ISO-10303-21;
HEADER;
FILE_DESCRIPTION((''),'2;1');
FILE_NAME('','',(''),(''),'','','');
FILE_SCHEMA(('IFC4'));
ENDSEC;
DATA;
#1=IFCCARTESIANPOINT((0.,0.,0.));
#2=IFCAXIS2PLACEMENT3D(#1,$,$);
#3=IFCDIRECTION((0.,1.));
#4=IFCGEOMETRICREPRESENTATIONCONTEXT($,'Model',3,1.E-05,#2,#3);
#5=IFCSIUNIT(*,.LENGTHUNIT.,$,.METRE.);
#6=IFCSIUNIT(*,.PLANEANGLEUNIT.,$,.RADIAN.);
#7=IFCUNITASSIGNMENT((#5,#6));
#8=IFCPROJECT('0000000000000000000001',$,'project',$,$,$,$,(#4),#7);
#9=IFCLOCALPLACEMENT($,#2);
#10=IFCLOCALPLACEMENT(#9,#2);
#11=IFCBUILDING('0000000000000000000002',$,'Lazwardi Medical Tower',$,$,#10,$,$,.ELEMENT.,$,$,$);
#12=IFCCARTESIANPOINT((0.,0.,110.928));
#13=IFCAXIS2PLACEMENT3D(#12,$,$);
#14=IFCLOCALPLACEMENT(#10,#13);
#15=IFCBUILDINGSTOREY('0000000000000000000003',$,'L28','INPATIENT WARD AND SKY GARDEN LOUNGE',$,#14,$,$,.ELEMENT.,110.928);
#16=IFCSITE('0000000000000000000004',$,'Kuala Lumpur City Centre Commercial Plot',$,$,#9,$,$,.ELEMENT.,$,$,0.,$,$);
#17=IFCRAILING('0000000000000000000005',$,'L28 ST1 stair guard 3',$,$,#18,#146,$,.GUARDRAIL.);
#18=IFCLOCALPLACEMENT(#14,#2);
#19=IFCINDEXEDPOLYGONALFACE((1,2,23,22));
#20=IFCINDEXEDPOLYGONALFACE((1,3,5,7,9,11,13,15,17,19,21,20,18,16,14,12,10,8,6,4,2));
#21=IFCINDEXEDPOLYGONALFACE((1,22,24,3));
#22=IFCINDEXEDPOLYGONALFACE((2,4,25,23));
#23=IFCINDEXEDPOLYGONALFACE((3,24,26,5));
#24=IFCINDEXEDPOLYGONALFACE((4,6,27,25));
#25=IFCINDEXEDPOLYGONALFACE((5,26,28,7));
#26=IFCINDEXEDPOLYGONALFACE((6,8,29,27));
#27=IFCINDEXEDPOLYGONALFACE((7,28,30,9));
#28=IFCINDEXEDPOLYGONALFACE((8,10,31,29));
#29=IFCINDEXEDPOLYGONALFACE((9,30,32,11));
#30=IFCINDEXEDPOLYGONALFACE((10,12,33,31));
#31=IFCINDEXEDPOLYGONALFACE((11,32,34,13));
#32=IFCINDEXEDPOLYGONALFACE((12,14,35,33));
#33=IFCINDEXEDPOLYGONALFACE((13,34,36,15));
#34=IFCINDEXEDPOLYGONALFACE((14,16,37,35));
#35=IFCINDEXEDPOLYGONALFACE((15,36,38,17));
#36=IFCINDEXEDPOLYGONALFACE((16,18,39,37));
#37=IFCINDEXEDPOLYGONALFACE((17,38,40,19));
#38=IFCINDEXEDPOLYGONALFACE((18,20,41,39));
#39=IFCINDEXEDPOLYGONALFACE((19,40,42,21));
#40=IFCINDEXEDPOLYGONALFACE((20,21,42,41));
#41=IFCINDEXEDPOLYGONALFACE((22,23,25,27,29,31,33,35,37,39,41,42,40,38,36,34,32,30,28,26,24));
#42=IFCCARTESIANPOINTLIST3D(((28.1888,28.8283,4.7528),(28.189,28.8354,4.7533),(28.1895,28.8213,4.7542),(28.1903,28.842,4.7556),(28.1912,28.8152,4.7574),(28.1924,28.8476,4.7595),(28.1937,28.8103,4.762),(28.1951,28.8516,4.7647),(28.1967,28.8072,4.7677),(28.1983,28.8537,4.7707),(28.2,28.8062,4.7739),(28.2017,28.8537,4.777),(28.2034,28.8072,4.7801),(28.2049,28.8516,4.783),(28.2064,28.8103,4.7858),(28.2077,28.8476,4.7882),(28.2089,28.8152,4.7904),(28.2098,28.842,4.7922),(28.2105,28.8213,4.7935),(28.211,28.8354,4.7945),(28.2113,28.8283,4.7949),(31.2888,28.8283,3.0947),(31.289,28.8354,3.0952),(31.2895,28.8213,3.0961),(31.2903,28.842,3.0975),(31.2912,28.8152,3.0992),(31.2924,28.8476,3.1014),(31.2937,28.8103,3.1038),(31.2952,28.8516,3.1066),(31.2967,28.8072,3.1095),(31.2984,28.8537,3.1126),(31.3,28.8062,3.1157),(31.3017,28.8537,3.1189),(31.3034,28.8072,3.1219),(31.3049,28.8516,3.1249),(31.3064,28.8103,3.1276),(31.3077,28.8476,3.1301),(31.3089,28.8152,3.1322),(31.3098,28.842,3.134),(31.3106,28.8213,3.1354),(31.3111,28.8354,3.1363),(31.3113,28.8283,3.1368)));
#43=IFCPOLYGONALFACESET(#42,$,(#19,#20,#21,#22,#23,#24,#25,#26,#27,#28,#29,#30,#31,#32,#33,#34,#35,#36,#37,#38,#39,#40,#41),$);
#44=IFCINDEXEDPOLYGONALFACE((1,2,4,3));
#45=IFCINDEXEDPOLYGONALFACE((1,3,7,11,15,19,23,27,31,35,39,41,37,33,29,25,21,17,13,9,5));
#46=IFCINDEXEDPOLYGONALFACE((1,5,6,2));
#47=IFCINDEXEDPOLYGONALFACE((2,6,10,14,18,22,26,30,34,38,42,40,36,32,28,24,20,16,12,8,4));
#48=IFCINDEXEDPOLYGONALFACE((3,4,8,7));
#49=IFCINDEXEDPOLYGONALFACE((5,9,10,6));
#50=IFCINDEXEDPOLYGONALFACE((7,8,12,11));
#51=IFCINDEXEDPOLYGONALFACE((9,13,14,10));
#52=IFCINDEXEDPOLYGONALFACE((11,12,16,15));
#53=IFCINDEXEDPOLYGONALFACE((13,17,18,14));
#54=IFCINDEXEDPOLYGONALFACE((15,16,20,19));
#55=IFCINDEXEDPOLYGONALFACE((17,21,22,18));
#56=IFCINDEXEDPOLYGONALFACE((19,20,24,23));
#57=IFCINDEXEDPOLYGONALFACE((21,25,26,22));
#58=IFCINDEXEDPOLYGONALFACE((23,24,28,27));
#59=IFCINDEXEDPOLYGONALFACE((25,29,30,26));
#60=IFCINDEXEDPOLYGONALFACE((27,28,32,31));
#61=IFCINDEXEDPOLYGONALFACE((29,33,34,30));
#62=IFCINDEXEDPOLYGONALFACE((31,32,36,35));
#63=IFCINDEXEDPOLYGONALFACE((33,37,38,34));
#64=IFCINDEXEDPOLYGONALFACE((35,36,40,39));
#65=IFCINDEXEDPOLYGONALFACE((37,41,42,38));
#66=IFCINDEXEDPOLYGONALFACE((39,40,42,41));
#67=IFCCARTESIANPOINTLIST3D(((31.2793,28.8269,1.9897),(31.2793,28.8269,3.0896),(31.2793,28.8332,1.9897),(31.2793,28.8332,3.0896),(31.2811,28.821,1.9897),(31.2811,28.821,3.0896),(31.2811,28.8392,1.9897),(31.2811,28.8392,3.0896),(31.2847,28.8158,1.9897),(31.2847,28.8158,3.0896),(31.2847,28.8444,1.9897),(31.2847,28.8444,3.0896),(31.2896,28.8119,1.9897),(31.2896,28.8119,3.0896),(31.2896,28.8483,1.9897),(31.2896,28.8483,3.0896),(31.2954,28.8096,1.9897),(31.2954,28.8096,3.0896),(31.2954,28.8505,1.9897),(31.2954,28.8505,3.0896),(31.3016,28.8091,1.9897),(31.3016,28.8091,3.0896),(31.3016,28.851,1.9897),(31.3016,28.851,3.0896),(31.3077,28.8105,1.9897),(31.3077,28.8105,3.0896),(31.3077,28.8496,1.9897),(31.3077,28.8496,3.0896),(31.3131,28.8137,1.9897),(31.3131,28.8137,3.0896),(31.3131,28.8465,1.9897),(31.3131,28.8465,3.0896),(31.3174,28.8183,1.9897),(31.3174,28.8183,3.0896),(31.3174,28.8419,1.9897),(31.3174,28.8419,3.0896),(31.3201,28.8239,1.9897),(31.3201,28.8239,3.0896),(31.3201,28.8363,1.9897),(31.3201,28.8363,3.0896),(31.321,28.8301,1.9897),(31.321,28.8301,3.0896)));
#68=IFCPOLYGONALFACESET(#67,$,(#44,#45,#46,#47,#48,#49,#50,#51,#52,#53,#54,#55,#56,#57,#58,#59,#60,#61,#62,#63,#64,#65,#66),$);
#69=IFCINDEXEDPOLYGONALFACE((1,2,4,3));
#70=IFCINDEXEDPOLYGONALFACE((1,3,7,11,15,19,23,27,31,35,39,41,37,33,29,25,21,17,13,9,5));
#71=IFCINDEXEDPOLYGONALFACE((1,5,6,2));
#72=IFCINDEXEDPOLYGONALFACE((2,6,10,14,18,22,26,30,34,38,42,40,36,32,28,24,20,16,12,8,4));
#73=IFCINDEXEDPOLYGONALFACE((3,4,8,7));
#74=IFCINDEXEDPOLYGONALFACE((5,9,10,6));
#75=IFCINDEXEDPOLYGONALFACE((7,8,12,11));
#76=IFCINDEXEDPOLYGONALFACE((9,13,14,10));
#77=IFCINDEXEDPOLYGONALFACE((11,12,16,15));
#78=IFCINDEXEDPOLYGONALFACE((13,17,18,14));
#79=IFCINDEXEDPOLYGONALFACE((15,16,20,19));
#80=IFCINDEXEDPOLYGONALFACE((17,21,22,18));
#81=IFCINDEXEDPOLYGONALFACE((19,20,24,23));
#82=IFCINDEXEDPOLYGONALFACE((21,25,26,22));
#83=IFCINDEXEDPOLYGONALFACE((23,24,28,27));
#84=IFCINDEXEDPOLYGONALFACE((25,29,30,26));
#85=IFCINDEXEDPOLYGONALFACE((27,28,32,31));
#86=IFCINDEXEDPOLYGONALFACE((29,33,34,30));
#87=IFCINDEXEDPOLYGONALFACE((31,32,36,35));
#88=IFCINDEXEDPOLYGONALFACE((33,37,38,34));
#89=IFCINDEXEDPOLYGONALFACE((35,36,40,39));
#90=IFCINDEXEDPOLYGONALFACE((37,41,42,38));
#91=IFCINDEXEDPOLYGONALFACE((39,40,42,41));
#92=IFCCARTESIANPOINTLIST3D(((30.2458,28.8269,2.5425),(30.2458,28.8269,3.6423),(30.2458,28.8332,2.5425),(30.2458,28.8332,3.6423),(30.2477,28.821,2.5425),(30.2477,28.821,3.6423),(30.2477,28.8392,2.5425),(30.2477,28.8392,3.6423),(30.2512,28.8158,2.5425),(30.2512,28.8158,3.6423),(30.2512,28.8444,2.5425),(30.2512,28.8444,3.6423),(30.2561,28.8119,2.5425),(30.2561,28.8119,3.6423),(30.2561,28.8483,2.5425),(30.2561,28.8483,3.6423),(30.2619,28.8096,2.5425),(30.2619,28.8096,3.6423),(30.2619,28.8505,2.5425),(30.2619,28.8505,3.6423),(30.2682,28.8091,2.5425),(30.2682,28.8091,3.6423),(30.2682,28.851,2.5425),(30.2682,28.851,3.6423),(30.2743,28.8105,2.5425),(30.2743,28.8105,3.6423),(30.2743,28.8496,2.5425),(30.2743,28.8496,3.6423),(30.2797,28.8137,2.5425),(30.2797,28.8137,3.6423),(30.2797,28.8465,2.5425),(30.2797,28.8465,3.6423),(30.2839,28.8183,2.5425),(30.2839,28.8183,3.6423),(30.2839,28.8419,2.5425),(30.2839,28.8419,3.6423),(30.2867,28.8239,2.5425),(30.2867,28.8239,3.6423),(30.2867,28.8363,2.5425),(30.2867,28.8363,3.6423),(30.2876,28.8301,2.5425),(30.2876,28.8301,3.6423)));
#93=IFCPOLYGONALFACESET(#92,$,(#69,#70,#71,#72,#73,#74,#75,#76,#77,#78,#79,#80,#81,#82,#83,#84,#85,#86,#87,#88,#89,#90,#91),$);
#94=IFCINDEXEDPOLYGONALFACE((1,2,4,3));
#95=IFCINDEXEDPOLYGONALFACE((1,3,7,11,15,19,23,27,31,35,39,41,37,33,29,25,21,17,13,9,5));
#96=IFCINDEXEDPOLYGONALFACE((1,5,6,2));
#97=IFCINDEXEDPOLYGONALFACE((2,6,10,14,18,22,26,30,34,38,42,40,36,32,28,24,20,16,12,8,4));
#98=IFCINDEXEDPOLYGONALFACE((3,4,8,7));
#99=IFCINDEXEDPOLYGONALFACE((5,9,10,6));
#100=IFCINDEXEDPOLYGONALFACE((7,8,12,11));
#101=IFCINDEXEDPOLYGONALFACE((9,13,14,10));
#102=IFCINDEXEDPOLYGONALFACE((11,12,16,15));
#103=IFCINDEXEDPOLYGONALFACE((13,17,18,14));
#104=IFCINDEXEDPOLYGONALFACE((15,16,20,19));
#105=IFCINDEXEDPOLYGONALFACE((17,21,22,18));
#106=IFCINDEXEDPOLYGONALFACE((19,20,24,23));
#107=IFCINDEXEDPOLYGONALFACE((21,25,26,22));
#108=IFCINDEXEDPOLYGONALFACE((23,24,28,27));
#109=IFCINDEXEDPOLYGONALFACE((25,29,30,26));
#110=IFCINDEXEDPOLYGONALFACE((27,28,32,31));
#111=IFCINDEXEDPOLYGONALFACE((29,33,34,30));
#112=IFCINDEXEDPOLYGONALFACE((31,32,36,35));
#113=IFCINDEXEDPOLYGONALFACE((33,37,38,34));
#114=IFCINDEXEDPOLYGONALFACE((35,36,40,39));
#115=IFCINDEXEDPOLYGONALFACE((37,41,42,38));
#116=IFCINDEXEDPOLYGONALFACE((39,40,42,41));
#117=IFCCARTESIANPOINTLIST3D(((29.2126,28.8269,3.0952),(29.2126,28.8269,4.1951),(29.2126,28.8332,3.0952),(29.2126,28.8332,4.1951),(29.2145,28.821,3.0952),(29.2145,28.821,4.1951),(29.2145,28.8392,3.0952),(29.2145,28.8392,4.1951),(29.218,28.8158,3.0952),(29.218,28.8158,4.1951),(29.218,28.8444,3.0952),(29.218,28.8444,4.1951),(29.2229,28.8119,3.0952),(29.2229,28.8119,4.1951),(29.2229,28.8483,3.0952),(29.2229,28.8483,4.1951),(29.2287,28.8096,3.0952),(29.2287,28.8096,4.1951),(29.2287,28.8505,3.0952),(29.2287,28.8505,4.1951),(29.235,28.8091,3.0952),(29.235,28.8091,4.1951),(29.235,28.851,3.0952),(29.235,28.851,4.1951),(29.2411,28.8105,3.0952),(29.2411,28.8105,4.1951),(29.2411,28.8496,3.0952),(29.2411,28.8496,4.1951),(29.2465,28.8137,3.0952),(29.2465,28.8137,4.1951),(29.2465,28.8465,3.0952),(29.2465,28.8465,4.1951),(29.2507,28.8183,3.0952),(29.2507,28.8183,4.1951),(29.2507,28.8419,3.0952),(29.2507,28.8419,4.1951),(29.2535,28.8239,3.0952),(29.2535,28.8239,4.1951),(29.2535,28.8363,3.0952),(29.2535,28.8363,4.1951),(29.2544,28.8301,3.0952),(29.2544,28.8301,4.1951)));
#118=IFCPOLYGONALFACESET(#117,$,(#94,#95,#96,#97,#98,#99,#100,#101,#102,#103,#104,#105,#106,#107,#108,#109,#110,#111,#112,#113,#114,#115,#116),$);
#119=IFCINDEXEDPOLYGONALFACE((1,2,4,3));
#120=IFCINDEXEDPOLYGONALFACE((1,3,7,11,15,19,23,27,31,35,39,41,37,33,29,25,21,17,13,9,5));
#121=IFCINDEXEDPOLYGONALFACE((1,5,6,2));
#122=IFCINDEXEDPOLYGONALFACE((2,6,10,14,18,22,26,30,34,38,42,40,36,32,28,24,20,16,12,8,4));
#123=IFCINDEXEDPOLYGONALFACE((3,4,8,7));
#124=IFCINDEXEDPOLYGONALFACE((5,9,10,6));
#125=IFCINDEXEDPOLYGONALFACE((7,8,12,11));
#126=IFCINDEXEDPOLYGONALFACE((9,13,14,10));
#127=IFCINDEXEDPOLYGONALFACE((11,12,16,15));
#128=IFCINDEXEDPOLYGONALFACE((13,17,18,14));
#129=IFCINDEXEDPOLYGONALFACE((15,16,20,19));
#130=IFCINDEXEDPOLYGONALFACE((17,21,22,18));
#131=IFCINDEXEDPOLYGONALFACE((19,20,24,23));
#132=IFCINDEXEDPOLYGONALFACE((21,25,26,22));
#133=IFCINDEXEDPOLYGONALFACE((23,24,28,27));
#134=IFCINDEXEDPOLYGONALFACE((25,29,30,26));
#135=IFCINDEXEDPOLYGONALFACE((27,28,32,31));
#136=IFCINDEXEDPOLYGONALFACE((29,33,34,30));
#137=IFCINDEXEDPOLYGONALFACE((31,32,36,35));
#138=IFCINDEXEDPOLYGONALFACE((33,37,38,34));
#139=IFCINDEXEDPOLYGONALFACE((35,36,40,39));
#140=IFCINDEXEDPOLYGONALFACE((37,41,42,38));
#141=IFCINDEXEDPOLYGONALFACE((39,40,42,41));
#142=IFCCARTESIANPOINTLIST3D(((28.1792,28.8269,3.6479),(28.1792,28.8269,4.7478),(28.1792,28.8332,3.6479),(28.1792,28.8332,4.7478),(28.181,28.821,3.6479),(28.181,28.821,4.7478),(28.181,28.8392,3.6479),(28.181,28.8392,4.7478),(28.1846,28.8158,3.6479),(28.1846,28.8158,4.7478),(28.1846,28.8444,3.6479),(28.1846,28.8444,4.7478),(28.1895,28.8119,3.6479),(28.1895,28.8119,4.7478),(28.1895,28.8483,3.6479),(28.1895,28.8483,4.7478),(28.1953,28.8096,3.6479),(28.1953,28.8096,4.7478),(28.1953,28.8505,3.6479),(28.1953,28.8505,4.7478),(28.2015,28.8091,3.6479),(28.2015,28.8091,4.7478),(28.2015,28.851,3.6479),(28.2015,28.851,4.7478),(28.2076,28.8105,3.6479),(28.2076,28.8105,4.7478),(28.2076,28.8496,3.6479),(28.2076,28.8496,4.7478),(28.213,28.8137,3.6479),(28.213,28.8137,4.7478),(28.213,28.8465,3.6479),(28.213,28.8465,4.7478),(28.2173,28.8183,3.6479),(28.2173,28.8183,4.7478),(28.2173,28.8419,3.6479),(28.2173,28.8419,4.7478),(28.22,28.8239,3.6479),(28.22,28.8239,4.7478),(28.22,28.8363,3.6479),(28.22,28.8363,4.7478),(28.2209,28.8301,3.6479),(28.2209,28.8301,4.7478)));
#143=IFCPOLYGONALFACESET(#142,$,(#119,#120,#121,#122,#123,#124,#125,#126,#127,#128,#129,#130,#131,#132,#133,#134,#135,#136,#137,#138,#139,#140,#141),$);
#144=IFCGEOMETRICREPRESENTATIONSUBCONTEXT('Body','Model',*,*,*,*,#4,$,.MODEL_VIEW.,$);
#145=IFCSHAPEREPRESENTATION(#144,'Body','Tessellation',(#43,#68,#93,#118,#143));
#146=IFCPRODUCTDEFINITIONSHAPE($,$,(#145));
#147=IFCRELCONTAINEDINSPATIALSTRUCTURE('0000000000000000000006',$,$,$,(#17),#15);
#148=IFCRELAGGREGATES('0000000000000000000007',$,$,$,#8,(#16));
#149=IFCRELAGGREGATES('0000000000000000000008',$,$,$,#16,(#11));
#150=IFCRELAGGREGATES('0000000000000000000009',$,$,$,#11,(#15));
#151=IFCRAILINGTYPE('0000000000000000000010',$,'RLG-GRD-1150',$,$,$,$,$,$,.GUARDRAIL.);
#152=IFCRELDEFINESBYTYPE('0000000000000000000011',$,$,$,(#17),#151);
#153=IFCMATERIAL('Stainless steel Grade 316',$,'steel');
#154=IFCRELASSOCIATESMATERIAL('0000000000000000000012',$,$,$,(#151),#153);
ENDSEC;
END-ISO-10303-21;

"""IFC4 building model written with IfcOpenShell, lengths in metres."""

from ifc_helpers import new_model, si_unit, direction, frame, origin, origin_2d, place, context, subcontext, project, spatial, circle, extrude, material, type_object, element, save


model = new_model("IFC4")

# Units and contexts
model_context = context("Model", 3, precision=1e-05, world=origin(), true_north=direction((0.0, 1.0)))
body_context = subcontext(model_context, "Body", "Model", "MODEL_VIEW")
ifc_project = project(units=[si_unit("LENGTHUNIT", "METRE"), si_unit("PLANEANGLEUNIT", "RADIAN")], contexts=[model_context])

# Site, building, storey
site_placement = place(None, origin())
site = spatial("IfcSite", under=ifc_project, at=site_placement, Name="Kuala Lumpur City Centre Commercial Plot", CompositionType="ELEMENT", RefElevation=0.0)
building_placement = place(site_placement, origin())
building = spatial("IfcBuilding", under=site, at=building_placement, Name="Lazwardi Medical Tower", CompositionType="ELEMENT")
storey_placement = place(building_placement, frame((0.0, 0.0, 110.928)))
storey = spatial("IfcBuildingStorey", under=building, at=storey_placement, Name="L28", Description="INPATIENT WARD AND SKY GARDEN LOUNGE", CompositionType="ELEMENT", Elevation=110.928)

# Railing
ifc_material_1 = material(Name="Stainless steel Grade 316", Category="steel")
railing_type_1 = type_object("IfcRailingType", Name="RLG-GRD-1150", PredefinedType="GUARDRAIL", material=ifc_material_1)
railing_1_placement = place(storey_placement, frame((31.3, 28.8301, 1.9897)))
element("IfcRailing", 1, at=railing_1_placement, inside=storey, type_object=railing_type_1, Name="L28 ST1 stair guard 3", PredefinedType="GUARDRAIL", context=body_context, shape_type="SweptSolid", body=[
    extrude(circle(Radius=0.0239, at=origin_2d()), frame((0.0, 0.0, 1.126), z_axis=(-0.881783, 0.0, 0.471655), x_axis=(0.0, -1.0, 0.0)), (0.0, 0.0, 1.0), 3.5156),
    extrude(circle(Radius=0.021, at=origin_2d()), origin(), (0.0, 0.0, 1.0), 1.0999),
    extrude(circle(Radius=0.021, at=origin_2d()), frame((-1.0334, 0.0, 0.5527)), (0.0, 0.0, 1.0), 1.0999),
    extrude(circle(Radius=0.021, at=origin_2d()), frame((-2.0667, 0.0, 1.1055)), (0.0, 0.0, 1.0), 1.0999),
    extrude(circle(Radius=0.021, at=origin_2d()), frame((-3.1001, 0.0, 1.6582)), (0.0, 0.0, 1.0), 1.0999),
])

save(model, "model.ifc")
